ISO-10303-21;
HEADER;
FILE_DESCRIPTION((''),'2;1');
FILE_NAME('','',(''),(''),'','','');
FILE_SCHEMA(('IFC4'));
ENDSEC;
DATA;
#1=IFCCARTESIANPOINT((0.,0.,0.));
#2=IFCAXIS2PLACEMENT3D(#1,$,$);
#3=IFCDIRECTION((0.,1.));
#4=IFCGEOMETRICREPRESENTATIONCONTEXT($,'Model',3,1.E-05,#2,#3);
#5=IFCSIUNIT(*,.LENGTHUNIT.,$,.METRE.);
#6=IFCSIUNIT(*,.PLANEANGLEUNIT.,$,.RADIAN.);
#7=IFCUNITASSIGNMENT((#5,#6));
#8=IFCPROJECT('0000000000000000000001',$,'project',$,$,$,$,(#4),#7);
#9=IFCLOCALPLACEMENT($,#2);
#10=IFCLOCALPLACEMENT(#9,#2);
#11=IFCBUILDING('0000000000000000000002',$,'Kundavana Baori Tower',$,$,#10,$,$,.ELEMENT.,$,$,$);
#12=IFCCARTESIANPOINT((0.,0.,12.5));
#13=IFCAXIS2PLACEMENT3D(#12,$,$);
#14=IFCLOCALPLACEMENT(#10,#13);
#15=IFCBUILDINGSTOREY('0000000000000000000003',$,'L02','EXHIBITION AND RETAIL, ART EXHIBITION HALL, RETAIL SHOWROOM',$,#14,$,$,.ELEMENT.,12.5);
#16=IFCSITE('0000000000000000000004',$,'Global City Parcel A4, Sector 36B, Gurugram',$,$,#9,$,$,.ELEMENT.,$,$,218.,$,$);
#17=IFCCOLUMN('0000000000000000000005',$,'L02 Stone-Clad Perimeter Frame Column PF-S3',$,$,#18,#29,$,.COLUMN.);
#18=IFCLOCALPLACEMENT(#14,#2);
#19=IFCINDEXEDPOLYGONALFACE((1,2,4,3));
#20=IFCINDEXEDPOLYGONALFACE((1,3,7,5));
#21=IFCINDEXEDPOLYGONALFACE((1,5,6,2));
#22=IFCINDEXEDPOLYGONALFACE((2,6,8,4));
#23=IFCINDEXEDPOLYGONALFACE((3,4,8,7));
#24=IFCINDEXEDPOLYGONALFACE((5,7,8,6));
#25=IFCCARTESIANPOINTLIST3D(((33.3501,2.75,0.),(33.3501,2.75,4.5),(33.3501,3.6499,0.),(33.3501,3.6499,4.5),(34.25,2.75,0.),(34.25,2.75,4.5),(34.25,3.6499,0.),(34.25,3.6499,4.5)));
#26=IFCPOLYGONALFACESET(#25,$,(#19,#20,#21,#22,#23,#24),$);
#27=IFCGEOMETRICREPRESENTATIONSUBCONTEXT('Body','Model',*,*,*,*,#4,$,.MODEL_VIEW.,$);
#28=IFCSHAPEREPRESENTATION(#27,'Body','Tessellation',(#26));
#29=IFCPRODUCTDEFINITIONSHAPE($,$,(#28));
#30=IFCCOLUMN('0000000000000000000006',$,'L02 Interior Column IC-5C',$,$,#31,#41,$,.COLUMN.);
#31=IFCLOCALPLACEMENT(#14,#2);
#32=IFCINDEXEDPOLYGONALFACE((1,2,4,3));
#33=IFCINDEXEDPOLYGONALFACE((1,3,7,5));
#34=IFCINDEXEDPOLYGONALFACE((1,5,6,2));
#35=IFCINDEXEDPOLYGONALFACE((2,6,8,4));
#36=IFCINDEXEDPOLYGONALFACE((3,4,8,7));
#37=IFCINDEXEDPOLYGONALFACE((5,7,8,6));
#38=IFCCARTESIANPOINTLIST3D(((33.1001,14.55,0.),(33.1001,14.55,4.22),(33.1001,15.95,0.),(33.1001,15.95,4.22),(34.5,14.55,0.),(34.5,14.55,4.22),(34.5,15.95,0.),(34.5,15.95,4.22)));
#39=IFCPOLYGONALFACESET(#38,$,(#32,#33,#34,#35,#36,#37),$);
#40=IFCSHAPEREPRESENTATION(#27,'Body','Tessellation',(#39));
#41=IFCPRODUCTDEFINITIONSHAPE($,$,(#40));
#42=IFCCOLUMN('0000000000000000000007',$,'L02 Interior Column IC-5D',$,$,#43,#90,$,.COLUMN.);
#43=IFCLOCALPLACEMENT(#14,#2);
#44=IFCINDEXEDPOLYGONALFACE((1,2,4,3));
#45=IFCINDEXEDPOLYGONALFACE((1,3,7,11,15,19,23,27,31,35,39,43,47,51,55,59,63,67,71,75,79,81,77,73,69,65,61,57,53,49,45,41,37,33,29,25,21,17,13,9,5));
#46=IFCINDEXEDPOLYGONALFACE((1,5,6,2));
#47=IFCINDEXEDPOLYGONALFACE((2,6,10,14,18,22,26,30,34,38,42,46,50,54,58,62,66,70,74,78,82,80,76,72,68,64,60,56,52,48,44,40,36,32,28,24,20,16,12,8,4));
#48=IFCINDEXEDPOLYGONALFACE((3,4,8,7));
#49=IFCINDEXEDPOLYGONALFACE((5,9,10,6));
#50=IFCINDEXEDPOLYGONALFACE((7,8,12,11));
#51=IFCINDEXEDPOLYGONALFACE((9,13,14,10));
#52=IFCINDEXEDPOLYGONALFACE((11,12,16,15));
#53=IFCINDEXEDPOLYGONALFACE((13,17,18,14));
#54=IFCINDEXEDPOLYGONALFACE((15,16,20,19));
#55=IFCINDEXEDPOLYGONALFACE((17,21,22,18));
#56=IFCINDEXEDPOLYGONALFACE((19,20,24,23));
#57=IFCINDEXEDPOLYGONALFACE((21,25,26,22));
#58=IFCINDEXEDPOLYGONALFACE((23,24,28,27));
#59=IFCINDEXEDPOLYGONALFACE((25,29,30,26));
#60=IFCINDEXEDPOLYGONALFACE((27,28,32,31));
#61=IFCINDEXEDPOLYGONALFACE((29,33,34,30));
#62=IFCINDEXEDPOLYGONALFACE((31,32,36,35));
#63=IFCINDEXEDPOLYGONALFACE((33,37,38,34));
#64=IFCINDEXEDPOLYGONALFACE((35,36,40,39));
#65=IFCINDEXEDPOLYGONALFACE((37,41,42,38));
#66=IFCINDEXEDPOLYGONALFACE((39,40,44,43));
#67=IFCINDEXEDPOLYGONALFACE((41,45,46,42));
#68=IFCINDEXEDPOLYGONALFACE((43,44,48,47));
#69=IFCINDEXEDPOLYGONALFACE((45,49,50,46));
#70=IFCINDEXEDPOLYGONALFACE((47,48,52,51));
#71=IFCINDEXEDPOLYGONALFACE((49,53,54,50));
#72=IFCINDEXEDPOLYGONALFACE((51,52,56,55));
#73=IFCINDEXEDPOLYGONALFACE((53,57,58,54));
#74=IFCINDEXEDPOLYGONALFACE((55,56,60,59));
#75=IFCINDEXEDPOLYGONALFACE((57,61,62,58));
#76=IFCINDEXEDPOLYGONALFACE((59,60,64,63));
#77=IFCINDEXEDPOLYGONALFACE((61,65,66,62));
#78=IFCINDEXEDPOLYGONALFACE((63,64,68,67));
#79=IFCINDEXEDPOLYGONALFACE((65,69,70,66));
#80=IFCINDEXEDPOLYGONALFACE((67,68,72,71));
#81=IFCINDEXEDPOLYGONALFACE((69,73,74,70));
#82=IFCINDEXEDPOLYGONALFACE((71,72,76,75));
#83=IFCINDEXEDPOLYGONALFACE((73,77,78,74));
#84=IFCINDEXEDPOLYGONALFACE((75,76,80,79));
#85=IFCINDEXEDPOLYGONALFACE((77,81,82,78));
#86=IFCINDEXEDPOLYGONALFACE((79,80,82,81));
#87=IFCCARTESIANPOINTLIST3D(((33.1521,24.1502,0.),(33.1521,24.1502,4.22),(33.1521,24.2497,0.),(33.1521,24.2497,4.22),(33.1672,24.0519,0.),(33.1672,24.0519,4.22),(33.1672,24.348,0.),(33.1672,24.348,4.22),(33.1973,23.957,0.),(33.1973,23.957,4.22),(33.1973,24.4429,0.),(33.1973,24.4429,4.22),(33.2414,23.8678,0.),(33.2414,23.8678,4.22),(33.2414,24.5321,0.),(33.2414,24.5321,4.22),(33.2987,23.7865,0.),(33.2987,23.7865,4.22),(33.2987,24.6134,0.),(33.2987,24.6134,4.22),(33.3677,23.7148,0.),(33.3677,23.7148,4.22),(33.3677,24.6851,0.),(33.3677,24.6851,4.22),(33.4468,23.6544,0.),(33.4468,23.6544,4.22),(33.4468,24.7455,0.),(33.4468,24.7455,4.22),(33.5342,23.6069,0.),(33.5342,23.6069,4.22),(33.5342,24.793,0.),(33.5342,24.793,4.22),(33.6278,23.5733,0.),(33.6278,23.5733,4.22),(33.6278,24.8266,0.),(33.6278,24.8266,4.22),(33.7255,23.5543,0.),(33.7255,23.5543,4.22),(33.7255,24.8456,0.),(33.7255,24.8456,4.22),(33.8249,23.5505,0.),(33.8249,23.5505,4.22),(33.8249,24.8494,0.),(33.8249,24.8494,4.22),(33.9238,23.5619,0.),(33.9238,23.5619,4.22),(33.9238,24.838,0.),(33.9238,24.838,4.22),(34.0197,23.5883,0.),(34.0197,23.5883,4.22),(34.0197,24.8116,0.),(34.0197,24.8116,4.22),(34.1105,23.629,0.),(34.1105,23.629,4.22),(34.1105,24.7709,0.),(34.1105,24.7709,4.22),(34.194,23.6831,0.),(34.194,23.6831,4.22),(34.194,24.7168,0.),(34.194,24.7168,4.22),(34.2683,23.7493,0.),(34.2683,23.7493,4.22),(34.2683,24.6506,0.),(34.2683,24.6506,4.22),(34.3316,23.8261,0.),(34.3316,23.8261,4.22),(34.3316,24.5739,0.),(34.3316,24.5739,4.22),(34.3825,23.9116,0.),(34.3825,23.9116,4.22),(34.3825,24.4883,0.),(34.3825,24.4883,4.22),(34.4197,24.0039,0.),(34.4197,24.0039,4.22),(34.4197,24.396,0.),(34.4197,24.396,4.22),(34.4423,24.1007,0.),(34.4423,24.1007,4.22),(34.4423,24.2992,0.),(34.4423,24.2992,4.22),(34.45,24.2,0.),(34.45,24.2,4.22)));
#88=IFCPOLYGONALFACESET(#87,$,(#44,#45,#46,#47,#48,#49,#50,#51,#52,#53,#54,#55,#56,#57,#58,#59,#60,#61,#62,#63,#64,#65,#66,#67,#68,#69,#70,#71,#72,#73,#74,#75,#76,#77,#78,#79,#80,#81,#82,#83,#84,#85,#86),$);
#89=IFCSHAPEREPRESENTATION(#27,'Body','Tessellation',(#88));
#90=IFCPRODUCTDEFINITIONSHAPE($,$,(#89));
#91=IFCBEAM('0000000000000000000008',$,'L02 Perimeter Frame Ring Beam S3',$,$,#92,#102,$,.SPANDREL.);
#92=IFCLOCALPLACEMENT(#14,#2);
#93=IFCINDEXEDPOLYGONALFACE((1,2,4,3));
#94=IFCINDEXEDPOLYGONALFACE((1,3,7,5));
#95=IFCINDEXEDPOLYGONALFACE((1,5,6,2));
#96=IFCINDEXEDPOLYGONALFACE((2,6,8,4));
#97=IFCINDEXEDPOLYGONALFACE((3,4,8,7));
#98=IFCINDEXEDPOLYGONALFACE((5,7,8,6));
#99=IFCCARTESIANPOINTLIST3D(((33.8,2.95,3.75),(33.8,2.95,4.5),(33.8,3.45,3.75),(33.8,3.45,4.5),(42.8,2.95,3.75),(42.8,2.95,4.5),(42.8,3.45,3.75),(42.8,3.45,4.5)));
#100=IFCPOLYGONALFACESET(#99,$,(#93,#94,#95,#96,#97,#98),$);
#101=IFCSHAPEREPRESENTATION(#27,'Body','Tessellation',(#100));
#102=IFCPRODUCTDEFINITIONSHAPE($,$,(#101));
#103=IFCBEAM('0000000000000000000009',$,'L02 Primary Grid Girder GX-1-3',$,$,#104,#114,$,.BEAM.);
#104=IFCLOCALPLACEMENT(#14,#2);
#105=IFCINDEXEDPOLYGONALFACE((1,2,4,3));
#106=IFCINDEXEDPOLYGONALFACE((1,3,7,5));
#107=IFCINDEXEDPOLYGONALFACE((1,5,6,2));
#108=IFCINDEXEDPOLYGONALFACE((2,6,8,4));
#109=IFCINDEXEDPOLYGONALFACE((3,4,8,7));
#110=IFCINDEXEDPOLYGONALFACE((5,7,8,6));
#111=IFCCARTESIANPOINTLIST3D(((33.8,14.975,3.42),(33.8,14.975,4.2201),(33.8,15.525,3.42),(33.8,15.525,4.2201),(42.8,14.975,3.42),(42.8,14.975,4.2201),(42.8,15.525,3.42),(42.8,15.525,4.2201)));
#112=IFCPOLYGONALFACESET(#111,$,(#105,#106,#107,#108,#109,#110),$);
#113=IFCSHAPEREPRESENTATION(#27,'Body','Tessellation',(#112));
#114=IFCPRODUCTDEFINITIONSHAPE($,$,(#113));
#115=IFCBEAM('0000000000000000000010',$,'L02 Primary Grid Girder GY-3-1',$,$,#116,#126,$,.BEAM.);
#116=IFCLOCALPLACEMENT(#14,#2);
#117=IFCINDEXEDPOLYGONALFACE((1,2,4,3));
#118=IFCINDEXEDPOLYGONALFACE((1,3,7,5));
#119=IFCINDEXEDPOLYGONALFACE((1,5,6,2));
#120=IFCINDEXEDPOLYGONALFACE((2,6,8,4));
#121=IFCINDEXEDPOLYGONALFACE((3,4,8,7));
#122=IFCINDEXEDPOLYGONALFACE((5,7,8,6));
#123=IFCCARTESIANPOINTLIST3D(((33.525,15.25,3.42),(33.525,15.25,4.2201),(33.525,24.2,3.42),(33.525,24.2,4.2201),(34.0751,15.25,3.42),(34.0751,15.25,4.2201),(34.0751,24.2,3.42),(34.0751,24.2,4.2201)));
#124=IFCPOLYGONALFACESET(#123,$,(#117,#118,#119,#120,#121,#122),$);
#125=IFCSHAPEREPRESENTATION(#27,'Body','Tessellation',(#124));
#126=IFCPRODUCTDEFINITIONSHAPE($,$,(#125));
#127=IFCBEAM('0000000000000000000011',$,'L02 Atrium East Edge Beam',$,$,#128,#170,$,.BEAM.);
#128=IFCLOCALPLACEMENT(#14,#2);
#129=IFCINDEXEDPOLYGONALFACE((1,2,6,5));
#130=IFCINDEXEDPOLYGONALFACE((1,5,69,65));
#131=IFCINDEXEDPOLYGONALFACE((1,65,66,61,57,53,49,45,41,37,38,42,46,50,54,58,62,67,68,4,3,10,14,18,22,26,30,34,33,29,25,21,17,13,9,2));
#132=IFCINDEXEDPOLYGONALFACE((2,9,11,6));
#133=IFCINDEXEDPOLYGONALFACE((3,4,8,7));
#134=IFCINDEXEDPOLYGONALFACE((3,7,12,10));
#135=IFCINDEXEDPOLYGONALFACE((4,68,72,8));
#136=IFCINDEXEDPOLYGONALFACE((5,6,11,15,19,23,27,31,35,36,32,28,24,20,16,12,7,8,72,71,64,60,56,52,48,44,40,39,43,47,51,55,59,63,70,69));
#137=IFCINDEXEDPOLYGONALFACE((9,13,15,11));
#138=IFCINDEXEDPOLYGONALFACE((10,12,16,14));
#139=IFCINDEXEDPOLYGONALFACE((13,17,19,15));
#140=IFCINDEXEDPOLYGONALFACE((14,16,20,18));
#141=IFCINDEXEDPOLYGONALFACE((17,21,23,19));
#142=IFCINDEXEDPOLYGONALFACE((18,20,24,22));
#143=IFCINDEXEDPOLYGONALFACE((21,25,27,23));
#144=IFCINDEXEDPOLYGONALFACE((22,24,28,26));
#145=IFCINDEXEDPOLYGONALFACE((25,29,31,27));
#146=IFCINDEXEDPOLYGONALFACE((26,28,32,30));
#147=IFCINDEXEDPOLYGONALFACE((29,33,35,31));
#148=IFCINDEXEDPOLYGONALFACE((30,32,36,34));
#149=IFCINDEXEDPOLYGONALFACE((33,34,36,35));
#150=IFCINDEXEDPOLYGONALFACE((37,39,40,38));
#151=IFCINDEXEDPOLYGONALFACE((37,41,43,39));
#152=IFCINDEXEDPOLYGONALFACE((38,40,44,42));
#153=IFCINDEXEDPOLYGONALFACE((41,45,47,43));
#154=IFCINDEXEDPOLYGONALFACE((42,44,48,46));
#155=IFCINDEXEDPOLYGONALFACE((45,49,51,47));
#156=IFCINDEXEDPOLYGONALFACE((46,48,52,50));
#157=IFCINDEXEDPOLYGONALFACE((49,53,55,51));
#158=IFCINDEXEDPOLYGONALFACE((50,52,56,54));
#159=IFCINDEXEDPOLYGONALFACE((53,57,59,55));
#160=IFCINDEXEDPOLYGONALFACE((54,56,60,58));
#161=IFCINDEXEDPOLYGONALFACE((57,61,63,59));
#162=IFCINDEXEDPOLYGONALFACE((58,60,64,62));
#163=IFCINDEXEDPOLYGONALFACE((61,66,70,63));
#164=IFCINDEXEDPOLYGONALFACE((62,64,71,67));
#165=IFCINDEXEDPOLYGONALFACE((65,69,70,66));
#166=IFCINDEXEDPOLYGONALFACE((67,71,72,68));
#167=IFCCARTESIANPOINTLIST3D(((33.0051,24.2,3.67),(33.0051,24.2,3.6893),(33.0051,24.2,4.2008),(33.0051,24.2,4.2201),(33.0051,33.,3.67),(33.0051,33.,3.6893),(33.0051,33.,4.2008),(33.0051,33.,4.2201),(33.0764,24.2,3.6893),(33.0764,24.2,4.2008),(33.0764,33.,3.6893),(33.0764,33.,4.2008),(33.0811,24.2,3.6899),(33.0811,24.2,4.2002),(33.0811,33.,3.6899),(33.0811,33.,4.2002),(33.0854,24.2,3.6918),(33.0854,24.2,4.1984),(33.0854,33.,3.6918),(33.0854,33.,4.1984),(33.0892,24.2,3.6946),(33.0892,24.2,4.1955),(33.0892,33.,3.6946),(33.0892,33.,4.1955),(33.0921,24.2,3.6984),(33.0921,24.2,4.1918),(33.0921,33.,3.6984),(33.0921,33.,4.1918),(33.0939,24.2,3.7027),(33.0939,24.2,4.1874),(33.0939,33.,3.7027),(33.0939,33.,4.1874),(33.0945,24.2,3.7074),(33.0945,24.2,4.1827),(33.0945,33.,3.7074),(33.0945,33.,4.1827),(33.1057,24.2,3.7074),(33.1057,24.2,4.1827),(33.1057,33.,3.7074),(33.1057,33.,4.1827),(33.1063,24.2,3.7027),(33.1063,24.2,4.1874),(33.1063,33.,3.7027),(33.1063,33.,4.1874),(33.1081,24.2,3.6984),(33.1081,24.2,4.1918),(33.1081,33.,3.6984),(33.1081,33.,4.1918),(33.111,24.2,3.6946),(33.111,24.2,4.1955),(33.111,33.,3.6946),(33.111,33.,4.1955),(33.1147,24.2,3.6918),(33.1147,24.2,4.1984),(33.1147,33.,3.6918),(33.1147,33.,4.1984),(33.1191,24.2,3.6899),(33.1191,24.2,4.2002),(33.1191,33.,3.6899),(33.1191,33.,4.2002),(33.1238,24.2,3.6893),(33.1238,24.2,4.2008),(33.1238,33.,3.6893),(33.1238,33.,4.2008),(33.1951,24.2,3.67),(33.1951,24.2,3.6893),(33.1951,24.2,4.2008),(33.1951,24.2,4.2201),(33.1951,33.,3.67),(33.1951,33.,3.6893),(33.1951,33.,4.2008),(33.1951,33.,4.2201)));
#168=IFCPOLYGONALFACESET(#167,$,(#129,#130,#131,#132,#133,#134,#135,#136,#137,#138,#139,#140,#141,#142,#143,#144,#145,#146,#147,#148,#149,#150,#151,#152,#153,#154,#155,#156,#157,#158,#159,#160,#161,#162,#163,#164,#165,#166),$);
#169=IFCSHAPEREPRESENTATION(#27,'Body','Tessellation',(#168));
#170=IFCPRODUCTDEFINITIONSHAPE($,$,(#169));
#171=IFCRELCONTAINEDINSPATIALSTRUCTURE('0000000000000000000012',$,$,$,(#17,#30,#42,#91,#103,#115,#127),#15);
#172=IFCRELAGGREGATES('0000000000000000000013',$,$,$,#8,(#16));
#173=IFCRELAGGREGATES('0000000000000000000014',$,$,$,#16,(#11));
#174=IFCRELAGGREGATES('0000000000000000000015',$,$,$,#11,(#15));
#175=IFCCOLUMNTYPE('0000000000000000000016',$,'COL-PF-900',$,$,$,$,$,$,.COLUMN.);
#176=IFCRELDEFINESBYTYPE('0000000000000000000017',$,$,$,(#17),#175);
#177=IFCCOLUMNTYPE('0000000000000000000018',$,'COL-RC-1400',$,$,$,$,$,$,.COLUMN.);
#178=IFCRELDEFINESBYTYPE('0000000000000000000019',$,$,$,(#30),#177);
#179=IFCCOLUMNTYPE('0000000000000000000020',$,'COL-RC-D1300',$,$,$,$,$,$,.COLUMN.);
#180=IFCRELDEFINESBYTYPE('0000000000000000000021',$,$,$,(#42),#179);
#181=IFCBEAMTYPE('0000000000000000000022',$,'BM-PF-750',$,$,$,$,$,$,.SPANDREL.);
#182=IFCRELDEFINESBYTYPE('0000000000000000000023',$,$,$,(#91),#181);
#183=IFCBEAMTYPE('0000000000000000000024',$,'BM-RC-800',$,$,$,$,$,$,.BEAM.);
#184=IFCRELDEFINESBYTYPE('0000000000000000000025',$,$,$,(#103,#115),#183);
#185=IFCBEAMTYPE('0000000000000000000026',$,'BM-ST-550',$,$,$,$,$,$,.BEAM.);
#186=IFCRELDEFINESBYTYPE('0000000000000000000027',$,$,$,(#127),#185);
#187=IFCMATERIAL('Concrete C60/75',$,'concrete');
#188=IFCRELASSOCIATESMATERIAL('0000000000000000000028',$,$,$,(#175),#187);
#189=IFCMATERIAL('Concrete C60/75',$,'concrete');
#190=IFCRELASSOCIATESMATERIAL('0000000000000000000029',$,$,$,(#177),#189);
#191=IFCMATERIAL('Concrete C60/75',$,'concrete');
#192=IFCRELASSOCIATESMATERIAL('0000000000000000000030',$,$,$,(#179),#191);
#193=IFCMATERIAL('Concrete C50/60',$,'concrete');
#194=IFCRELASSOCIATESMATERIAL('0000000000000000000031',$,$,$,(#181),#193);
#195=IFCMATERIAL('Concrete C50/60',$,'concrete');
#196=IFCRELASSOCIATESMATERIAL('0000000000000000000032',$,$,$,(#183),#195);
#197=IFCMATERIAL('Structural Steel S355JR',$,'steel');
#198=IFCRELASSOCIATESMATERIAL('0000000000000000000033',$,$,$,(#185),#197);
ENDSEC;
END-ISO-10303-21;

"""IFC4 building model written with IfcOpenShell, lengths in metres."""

from ifc_helpers import new_model, si_unit, direction, frame, origin, origin_2d, place, context, subcontext, project, spatial, rectangle, circle, i_section, extrude, material, material_profile, profile_set, type_object, element, save


model = new_model("IFC4")

# Units and contexts
model_context = context("Model", 3, precision=1e-05, world=origin(), true_north=direction((0.0, 1.0)))
body_context = subcontext(model_context, "Body", "Model", "MODEL_VIEW")
ifc_project = project(units=[si_unit("LENGTHUNIT", "METRE"), si_unit("PLANEANGLEUNIT", "RADIAN")], contexts=[model_context])

# Site, building, storey
site_placement = place(None, origin())
site = spatial("IfcSite", under=ifc_project, at=site_placement, Name="Global City Parcel A4, Sector 36B, Gurugram", CompositionType="ELEMENT", RefElevation=218.0)
building_placement = place(site_placement, origin())
building = spatial("IfcBuilding", under=site, at=building_placement, Name="Kundavana Baori Tower", CompositionType="ELEMENT")
storey_placement = place(building_placement, frame((0.0, 0.0, 12.5)))
storey = spatial("IfcBuildingStorey", under=building, at=storey_placement, Name="L02", Description="EXHIBITION AND RETAIL, ART EXHIBITION HALL, RETAIL SHOWROOM", CompositionType="ELEMENT", Elevation=12.5)

# Columns
ifc_material_1 = material(Name="Concrete C60/75", Category="concrete")
ifc_material_profile_1 = material_profile(ifc_material_1, rectangle(XDim=0.8999, YDim=0.8999, at=origin_2d()), Name="RC PF 900x900")
ifc_profile_set_1 = profile_set([ifc_material_profile_1], Name="Concrete C60/75")
column_type_1 = type_object("IfcColumnType", Name="COL-PF-900", PredefinedType="COLUMN", material=ifc_profile_set_1)
column_1_placement = place(storey_placement, frame((33.8, 3.2, 0.0), z_axis=(0.0, 0.0, 1.0), x_axis=(1.0, 0.0, 0.0)))
element("IfcColumn", 1, at=column_1_placement, inside=storey, type_object=column_type_1, Name="L02 Stone-Clad Perimeter Frame Column PF-S3", PredefinedType="COLUMN", context=body_context, shape_type="SweptSolid", body=[
    extrude(rectangle(XDim=0.8999, YDim=0.8999, at=origin_2d()), origin(), (0.0, 0.0, 1.0), 4.5),
])
ifc_material_2 = material(Name="Concrete C60/75", Category="concrete")
ifc_material_profile_2 = material_profile(ifc_material_2, rectangle(XDim=1.3999, YDim=1.3999, at=origin_2d()), Name="RC 1400x1400")
ifc_profile_set_2 = profile_set([ifc_material_profile_2], Name="Concrete C60/75")
column_type_2 = type_object("IfcColumnType", Name="COL-RC-1400", PredefinedType="COLUMN", material=ifc_profile_set_2)
column_2_placement = place(storey_placement, frame((33.8, 15.25, 0.0), z_axis=(0.0, 0.0, 1.0), x_axis=(1.0, 0.0, 0.0)))
element("IfcColumn", 2, at=column_2_placement, inside=storey, type_object=column_type_2, Name="L02 Interior Column IC-5C", PredefinedType="COLUMN", context=body_context, shape_type="SweptSolid", body=[
    extrude(rectangle(XDim=1.3999, YDim=1.3999, at=origin_2d()), origin(), (0.0, 0.0, 1.0), 4.22),
])
ifc_material_3 = material(Name="Concrete C60/75", Category="concrete")
ifc_material_profile_3 = material_profile(ifc_material_3, circle(Radius=0.6499, at=origin_2d()), Name="RC D1300")
ifc_profile_set_3 = profile_set([ifc_material_profile_3], Name="Concrete C60/75")
column_type_3 = type_object("IfcColumnType", Name="COL-RC-D1300", PredefinedType="COLUMN", material=ifc_profile_set_3)
column_3_placement = place(storey_placement, frame((33.8, 24.2, 0.0), z_axis=(0.0, 0.0, 1.0), x_axis=(1.0, 0.0, 0.0)))
element("IfcColumn", 3, at=column_3_placement, inside=storey, type_object=column_type_3, Name="L02 Interior Column IC-5D", PredefinedType="COLUMN", context=body_context, shape_type="SweptSolid", body=[
    extrude(circle(Radius=0.6499, at=origin_2d()), origin(), (0.0, 0.0, 1.0), 4.22),
])

# Beams
ifc_material_4 = material(Name="Concrete C50/60", Category="concrete")
ifc_material_profile_4 = material_profile(ifc_material_4, rectangle(XDim=0.5, YDim=0.75, at=origin_2d()), Name="RC BM 500x750")
ifc_profile_set_4 = profile_set([ifc_material_profile_4], Name="Concrete C50/60")
beam_type_1 = type_object("IfcBeamType", Name="BM-PF-750", PredefinedType="SPANDREL", material=ifc_profile_set_4)
beam_1_placement = place(storey_placement, frame((33.8, 3.2, 4.125), z_axis=(1.0, 0.0, 0.0), x_axis=(0.0, 1.0, 0.0)))
element("IfcBeam", 4, at=beam_1_placement, inside=storey, type_object=beam_type_1, Name="L02 Perimeter Frame Ring Beam S3", PredefinedType="SPANDREL", context=body_context, shape_type="SweptSolid", body=[
    extrude(rectangle(XDim=0.5, YDim=0.75, at=origin_2d()), origin(), (0.0, 0.0, 1.0), 9.0),
])
ifc_material_5 = material(Name="Concrete C50/60", Category="concrete")
ifc_material_profile_5 = material_profile(ifc_material_5, rectangle(XDim=0.55, YDim=0.8, at=origin_2d()), Name="RC BM 550x800")
ifc_profile_set_5 = profile_set([ifc_material_profile_5], Name="Concrete C50/60")
beam_type_2 = type_object("IfcBeamType", Name="BM-RC-800", PredefinedType="BEAM", material=ifc_profile_set_5)
beam_2_placement = place(storey_placement, frame((33.8, 15.25, 3.8201), z_axis=(1.0, 0.0, 0.0), x_axis=(0.0, 1.0, 0.0)))
element("IfcBeam", 5, at=beam_2_placement, inside=storey, type_object=beam_type_2, Name="L02 Primary Grid Girder GX-1-3", PredefinedType="BEAM", context=body_context, shape_type="SweptSolid", body=[
    extrude(rectangle(XDim=0.55, YDim=0.8, at=origin_2d()), origin(), (0.0, 0.0, 1.0), 9.0),
])
beam_3_placement = place(storey_placement, frame((33.8, 15.25, 3.8201), z_axis=(0.0, 1.0, 0.0), x_axis=(-1.0, 0.0, 0.0)))
element("IfcBeam", 6, at=beam_3_placement, inside=storey, type_object=beam_type_2, Name="L02 Primary Grid Girder GY-3-1", PredefinedType="BEAM", context=body_context, shape_type="SweptSolid", body=[
    extrude(rectangle(XDim=0.55, YDim=0.8, at=origin_2d()), origin(), (0.0, 0.0, 1.0), 8.95),
])
ifc_material_6 = material(Name="Structural Steel S355JR", Category="steel")
ifc_material_profile_6 = material_profile(ifc_material_6, i_section(OverallWidth=0.1899, OverallDepth=0.55, WebThickness=0.0112, FlangeThickness=0.0193, FilletRadius=0.0181, at=origin_2d()), Name="ISMB 550")
ifc_profile_set_6 = profile_set([ifc_material_profile_6], Name="Structural Steel S355JR")
beam_type_3 = type_object("IfcBeamType", Name="BM-ST-550", PredefinedType="BEAM", material=ifc_profile_set_6)
beam_4_placement = place(storey_placement, frame((33.1001, 24.2, 3.9451), z_axis=(0.0, 1.0, 0.0), x_axis=(-1.0, 0.0, 0.0)))
element("IfcBeam", 7, at=beam_4_placement, inside=storey, type_object=beam_type_3, Name="L02 Atrium East Edge Beam", PredefinedType="BEAM", context=body_context, shape_type="SweptSolid", body=[
    extrude(i_section(OverallWidth=0.1899, OverallDepth=0.55, WebThickness=0.0112, FlangeThickness=0.0193, FilletRadius=0.0181, at=origin_2d()), origin(), (0.0, 0.0, 1.0), 8.8),
])

save(model, "model.ifc")
